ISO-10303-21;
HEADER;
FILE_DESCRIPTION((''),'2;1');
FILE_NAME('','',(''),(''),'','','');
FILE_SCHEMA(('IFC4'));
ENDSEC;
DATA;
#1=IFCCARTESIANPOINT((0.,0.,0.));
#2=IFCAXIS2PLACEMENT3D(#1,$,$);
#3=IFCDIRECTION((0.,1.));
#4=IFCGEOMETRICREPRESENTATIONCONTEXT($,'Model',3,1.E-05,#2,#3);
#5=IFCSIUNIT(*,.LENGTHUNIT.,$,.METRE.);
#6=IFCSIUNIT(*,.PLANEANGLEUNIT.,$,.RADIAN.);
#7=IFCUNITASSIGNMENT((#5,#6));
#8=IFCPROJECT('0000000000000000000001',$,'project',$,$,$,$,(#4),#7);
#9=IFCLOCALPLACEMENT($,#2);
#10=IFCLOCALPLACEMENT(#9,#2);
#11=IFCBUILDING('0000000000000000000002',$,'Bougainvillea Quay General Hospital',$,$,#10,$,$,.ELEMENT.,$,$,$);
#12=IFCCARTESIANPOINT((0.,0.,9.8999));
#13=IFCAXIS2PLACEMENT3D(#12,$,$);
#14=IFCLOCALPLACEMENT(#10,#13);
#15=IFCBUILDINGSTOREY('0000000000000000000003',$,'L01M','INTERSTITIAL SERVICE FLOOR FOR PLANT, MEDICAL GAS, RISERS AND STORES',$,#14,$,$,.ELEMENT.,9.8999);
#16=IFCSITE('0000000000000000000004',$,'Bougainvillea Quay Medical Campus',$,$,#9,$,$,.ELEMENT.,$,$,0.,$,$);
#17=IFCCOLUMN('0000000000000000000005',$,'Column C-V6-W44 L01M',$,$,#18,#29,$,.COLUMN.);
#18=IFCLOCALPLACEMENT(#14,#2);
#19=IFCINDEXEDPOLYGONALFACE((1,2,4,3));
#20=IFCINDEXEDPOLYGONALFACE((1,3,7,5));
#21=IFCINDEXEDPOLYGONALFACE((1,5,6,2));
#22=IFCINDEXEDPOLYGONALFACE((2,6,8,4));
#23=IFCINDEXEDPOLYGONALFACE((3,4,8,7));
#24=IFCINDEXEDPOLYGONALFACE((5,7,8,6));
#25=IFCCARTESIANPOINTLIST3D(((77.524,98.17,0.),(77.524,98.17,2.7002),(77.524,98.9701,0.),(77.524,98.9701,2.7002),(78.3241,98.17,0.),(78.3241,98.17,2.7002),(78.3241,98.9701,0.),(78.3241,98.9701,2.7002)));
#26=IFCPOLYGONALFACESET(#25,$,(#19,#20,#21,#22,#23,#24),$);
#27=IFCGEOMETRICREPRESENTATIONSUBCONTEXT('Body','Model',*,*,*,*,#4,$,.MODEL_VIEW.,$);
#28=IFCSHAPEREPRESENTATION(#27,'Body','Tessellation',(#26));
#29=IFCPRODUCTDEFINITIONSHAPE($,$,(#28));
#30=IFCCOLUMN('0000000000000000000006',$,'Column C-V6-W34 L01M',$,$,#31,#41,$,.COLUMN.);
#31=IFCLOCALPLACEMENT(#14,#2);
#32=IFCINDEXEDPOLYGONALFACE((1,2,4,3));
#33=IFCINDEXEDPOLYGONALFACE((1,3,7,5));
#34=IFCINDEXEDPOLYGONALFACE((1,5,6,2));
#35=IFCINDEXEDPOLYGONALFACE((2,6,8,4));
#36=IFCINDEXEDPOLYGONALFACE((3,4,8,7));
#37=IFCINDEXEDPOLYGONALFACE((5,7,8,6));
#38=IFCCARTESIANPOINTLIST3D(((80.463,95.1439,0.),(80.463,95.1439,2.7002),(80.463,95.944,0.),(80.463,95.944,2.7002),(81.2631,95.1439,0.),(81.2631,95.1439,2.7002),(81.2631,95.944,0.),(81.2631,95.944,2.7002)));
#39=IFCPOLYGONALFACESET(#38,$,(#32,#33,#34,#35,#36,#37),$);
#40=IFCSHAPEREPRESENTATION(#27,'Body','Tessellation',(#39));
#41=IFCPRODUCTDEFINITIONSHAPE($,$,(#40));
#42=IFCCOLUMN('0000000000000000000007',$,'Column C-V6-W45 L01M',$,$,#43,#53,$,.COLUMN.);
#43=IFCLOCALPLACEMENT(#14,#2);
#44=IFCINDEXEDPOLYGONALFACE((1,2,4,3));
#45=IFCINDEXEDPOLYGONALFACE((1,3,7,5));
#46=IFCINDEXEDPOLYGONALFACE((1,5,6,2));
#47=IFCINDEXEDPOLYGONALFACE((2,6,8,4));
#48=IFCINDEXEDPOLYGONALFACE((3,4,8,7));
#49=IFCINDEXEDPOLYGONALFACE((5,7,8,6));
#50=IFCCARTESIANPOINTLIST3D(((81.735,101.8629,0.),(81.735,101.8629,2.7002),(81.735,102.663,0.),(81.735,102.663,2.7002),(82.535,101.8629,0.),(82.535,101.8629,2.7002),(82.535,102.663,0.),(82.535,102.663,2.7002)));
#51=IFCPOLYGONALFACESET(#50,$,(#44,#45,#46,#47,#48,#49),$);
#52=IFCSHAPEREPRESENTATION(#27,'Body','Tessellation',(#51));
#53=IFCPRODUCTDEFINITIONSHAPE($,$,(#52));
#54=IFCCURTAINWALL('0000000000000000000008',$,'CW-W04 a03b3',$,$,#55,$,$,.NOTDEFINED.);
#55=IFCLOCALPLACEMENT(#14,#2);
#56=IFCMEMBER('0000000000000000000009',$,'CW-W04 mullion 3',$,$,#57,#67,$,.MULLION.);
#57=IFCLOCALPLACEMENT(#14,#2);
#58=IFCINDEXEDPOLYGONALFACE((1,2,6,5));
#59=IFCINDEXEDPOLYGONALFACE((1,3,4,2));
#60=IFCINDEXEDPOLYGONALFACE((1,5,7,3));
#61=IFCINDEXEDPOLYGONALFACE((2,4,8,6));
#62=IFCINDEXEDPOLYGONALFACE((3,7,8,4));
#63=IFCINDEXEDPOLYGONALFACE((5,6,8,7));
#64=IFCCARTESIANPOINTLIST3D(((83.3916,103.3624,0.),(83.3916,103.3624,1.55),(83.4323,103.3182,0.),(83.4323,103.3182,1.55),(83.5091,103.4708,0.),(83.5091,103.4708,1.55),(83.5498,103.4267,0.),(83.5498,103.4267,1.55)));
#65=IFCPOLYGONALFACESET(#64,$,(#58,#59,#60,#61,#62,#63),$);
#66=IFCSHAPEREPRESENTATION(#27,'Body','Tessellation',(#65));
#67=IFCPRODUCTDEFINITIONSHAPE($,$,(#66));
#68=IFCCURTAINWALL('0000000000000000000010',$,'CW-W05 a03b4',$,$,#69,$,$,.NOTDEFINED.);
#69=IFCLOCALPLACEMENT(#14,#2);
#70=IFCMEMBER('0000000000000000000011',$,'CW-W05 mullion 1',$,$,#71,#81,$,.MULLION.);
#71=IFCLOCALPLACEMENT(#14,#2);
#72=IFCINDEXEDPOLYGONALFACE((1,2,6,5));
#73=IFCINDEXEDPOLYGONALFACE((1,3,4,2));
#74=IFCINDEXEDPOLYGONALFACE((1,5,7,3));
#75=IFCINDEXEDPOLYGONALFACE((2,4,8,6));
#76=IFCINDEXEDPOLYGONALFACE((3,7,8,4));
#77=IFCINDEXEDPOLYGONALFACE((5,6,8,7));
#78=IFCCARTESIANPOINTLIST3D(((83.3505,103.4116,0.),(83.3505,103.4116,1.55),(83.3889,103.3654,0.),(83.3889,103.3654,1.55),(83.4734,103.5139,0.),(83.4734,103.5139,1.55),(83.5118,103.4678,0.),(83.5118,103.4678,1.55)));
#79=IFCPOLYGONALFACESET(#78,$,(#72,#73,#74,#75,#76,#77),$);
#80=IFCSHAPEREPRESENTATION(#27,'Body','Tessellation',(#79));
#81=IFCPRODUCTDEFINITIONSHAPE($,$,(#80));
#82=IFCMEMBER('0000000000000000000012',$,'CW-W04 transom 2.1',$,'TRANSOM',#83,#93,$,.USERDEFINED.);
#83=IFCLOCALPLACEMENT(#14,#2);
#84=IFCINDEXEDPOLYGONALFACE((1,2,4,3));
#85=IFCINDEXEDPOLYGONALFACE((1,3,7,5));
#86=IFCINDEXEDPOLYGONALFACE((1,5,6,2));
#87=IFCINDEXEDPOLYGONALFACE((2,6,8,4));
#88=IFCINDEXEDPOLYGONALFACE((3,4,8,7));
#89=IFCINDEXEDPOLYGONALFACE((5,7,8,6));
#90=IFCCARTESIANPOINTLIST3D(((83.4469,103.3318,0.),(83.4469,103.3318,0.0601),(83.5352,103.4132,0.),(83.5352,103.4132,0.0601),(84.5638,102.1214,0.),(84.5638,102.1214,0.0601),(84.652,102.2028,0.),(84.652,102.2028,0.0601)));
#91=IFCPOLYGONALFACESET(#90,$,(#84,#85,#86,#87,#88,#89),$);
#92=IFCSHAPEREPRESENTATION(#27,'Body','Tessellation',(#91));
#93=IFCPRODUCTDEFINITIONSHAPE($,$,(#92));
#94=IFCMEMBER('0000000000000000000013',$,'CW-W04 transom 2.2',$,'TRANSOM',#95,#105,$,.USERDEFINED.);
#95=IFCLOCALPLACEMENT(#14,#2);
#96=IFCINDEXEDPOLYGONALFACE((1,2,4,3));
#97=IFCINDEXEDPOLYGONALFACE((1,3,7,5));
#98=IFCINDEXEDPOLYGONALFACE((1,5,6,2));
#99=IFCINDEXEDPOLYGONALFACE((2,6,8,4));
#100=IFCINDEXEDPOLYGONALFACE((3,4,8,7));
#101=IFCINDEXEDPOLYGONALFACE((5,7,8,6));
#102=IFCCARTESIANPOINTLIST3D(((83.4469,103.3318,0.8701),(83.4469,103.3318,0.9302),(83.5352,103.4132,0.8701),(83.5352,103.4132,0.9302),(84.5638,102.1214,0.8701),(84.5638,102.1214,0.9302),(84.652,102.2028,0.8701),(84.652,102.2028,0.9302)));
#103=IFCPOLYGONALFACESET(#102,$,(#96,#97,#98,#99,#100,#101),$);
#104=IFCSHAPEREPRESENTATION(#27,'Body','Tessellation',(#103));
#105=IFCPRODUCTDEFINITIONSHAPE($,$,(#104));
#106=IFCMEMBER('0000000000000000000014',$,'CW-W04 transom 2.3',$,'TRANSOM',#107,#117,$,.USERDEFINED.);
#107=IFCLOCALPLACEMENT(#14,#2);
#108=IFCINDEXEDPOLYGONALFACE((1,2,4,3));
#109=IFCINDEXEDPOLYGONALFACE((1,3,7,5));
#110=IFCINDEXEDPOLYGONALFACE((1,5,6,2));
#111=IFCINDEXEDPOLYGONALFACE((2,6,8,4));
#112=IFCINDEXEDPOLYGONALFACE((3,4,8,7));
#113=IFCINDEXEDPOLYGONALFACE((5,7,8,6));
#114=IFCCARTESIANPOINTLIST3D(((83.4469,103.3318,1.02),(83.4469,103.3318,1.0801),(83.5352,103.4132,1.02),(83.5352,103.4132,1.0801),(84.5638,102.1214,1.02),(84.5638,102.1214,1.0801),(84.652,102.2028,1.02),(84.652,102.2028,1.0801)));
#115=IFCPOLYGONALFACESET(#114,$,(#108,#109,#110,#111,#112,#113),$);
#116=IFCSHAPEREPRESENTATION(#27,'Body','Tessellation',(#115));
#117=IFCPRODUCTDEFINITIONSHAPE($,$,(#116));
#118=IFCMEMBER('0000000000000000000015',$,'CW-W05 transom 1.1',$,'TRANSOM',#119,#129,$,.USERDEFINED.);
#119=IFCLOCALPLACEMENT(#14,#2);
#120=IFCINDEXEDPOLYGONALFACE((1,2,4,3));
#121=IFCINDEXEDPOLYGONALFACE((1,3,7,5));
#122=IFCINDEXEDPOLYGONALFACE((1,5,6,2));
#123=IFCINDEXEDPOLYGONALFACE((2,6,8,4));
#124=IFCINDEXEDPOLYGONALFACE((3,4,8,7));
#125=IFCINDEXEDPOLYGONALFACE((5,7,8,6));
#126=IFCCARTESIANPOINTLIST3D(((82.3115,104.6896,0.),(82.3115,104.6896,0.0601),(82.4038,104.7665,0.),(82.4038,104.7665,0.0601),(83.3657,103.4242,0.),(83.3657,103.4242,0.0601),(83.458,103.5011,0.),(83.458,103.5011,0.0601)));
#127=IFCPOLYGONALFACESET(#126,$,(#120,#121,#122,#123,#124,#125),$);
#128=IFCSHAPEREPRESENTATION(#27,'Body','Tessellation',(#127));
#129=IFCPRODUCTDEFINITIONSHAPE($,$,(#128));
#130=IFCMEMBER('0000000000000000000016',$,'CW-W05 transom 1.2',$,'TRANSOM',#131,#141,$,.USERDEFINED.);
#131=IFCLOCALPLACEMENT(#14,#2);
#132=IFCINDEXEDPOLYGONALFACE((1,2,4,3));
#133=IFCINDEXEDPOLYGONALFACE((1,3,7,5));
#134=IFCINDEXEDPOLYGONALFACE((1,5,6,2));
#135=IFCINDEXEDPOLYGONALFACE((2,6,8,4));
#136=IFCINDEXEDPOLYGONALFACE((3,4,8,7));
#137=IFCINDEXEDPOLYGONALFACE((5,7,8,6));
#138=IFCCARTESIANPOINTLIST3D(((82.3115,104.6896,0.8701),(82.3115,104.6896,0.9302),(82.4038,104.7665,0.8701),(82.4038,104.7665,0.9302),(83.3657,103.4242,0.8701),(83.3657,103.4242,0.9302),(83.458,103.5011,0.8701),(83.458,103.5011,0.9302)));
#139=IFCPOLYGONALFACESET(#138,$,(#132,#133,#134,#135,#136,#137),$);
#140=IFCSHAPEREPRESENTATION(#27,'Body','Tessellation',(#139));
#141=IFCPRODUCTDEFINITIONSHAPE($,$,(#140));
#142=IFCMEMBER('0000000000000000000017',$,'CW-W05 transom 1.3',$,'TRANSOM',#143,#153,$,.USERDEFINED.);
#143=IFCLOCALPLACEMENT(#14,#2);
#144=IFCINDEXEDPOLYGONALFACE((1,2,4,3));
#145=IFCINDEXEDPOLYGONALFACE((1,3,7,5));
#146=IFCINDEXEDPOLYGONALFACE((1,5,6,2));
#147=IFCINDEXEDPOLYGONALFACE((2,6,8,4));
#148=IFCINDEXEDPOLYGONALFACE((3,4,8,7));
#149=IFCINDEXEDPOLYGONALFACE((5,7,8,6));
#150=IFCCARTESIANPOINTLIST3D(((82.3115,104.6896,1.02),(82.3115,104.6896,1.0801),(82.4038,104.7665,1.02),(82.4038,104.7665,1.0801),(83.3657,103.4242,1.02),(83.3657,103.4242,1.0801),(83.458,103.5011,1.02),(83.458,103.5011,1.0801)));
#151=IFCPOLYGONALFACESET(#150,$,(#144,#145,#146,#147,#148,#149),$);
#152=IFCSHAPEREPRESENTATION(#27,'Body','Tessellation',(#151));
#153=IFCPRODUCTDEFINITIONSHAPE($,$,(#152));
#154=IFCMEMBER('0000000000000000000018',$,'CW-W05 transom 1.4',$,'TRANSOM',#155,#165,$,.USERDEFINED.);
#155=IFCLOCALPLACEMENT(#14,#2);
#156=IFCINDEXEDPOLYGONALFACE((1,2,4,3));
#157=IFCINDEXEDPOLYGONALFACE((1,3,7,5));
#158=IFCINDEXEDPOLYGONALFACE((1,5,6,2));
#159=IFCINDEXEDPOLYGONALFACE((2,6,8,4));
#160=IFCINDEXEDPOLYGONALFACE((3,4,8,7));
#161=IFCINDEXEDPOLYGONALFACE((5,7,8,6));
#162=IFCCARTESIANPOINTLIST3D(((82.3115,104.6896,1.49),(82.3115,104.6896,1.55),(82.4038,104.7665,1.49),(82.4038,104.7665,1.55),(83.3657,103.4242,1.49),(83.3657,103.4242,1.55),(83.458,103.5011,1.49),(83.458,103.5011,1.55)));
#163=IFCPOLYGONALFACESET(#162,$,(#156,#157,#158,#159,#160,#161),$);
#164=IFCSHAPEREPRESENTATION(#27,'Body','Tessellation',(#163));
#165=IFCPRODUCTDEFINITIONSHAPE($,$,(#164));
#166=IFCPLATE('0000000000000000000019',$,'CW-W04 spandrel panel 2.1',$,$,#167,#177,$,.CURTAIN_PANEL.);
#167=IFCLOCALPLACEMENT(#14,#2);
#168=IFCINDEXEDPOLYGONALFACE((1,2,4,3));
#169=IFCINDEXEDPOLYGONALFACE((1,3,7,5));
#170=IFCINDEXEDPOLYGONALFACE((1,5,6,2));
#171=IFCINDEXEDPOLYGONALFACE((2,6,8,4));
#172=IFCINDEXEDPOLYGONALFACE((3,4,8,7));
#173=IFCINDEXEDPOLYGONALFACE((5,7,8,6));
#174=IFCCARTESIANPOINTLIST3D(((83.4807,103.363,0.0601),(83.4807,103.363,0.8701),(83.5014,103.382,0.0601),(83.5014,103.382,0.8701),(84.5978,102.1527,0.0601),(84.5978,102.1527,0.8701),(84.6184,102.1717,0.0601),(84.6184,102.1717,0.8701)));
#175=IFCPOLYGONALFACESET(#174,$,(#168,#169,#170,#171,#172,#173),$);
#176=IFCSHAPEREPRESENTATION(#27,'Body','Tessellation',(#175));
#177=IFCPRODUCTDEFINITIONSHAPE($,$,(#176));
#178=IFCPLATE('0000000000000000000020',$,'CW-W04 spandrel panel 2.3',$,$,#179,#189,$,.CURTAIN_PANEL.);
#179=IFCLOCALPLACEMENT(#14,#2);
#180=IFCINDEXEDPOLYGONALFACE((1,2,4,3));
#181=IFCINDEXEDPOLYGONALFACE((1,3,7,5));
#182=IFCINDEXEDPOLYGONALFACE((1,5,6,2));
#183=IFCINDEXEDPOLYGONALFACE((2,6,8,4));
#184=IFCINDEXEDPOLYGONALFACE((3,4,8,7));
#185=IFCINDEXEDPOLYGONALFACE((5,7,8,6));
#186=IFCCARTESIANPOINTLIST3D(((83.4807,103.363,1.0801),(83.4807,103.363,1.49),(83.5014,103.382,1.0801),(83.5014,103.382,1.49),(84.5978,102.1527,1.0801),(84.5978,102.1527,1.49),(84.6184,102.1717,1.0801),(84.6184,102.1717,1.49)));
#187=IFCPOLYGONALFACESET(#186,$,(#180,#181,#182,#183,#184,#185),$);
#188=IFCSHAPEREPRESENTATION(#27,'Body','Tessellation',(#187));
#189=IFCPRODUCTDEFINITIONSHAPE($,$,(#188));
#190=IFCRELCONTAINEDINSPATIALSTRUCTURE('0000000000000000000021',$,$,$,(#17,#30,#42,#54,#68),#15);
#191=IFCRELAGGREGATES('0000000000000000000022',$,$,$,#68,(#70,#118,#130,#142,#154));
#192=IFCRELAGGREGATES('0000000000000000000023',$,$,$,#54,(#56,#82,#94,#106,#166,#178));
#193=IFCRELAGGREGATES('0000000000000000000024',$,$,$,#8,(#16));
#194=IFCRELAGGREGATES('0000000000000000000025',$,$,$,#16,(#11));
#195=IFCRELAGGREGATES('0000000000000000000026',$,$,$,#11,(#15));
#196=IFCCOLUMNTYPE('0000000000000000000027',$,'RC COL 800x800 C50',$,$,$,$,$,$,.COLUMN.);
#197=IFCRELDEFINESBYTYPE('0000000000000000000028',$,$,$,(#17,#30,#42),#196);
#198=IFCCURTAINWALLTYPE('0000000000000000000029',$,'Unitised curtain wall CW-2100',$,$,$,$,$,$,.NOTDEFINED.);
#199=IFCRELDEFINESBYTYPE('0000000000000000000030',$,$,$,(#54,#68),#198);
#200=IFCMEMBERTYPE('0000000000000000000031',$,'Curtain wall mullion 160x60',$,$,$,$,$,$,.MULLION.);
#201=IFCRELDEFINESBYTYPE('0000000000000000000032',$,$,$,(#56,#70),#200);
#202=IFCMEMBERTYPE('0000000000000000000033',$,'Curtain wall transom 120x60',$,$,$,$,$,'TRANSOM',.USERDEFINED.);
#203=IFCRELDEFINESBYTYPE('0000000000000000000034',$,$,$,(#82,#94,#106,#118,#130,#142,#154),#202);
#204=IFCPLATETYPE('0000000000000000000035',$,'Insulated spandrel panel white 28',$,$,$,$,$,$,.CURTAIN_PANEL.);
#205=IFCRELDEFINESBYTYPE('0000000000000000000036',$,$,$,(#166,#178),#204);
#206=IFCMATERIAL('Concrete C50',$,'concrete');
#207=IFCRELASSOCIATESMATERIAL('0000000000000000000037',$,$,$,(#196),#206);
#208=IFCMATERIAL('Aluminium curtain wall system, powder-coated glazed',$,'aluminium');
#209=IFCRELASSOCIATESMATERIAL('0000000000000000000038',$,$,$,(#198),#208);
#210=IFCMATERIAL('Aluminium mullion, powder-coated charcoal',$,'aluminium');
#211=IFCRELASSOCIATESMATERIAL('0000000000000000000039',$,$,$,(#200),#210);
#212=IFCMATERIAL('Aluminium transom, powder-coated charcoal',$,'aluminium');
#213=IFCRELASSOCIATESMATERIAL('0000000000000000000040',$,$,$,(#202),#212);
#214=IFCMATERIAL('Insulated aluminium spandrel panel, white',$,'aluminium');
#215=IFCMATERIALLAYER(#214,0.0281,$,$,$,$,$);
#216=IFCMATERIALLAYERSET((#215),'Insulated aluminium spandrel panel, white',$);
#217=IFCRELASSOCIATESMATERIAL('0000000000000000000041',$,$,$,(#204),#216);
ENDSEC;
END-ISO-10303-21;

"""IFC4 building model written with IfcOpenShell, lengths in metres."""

from ifc_helpers import new_model, si_unit, direction, frame, origin, origin_2d, place, context, subcontext, project, spatial, rectangle, extrude, material, layer, layer_set, material_profile, profile_set, type_object, element, aggregate, save


model = new_model("IFC4")

# Units and contexts
model_context = context("Model", 3, precision=1e-05, world=origin(), true_north=direction((0.0, 1.0)))
body_context = subcontext(model_context, "Body", "Model", "MODEL_VIEW")
ifc_project = project(units=[si_unit("LENGTHUNIT", "METRE"), si_unit("PLANEANGLEUNIT", "RADIAN")], contexts=[model_context])

# Site, building, storey
site_placement = place(None, origin())
site = spatial("IfcSite", under=ifc_project, at=site_placement, Name="Bougainvillea Quay Medical Campus", CompositionType="ELEMENT", RefElevation=0.0)
building_placement = place(site_placement, origin())
building = spatial("IfcBuilding", under=site, at=building_placement, Name="Bougainvillea Quay General Hospital", CompositionType="ELEMENT")
storey_placement = place(building_placement, frame((0.0, 0.0, 9.8999)))
storey = spatial("IfcBuildingStorey", under=building, at=storey_placement, Name="L01M", Description="INTERSTITIAL SERVICE FLOOR FOR PLANT, MEDICAL GAS, RISERS AND STORES", CompositionType="ELEMENT", Elevation=9.8999)

# Columns
ifc_material_1 = material(Name="Concrete C50", Category="concrete")
ifc_material_profile_1 = material_profile(ifc_material_1, rectangle(XDim=0.8, YDim=0.8, at=origin_2d()))
ifc_profile_set_1 = profile_set([ifc_material_profile_1], Name="Concrete C50")
column_type = type_object("IfcColumnType", Name="RC COL 800x800 C50", PredefinedType="COLUMN", material=ifc_profile_set_1)
for number, where, z_axis, x_axis, name in (
    (1, (77.9241, 98.5701, 0.0), (0.0, 0.0, 1.0), (1.0, 0.0, 0.0), "Column C-V6-W44 L01M"),
    (2, (80.863, 95.5439, 0.0), (0.0, 0.0, 1.0), (1.0, 0.0, 0.0), "Column C-V6-W34 L01M"),
    (3, (82.135, 102.2629, 0.0), (0.0, 0.0, 1.0), (1.0, 0.0, 0.0), "Column C-V6-W45 L01M"),
):
    element("IfcColumn", number, at=place(storey_placement, frame(where, z_axis=z_axis, x_axis=x_axis)), inside=storey, type_object=column_type, Name=name, PredefinedType="COLUMN", context=body_context, shape_type="SweptSolid", body=[
        extrude(rectangle(XDim=0.8, YDim=0.8, at=origin_2d()), origin(), (0.0, 0.0, 1.0), 2.7002),
    ])

# Curtain walls, members
ifc_material_2 = material(Name="Aluminium curtain wall system, powder-coated glazed", Category="aluminium")
curtain_wall_type = type_object("IfcCurtainWallType", Name="Unitised curtain wall CW-2100", PredefinedType="NOTDEFINED", material=ifc_material_2)
curtain_wall_1_placement = place(storey_placement, origin())
curtain_wall_1 = element("IfcCurtainWall", 4, at=curtain_wall_1_placement, inside=storey, type_object=curtain_wall_type, Name="CW-W04 a03b3", PredefinedType="NOTDEFINED")
ifc_material_3 = material(Name="Aluminium mullion, powder-coated charcoal", Category="aluminium")
ifc_material_profile_2 = material_profile(ifc_material_3, rectangle(XDim=0.1599, YDim=0.0601, at=origin_2d()))
ifc_profile_set_2 = profile_set([ifc_material_profile_2], Name="Aluminium mullion, powder-coated charcoal")
member_type_1 = type_object("IfcMemberType", Name="Curtain wall mullion 160x60", PredefinedType="MULLION", material=ifc_profile_set_2)
member_1_placement = place(storey_placement, frame((83.4707, 103.3945, 0.0), z_axis=(0.0, 0.0, 1.0), x_axis=(-0.734855, -0.678224, 0.0)))
member_1 = element("IfcMember", 5, at=member_1_placement, type_object=member_type_1, Name="CW-W04 mullion 3", PredefinedType="MULLION", context=body_context, shape_type="SweptSolid", body=[
    extrude(rectangle(XDim=0.1599, YDim=0.0601, at=origin_2d()), origin(), (0.0, 0.0, 1.0), 1.55),
])
curtain_wall_2_placement = place(storey_placement, origin())
curtain_wall_2 = element("IfcCurtainWall", 6, at=curtain_wall_2_placement, inside=storey, type_object=curtain_wall_type, Name="CW-W05 a03b4", PredefinedType="NOTDEFINED")
member_2_placement = place(storey_placement, frame((83.4312, 103.4397, 0.0), z_axis=(0.0, 0.0, 1.0), x_axis=(-0.768295, -0.640096, 0.0)))
member_2 = element("IfcMember", 7, at=member_2_placement, type_object=member_type_1, Name="CW-W05 mullion 1", PredefinedType="MULLION", context=body_context, shape_type="SweptSolid", body=[
    extrude(rectangle(XDim=0.1599, YDim=0.0601, at=origin_2d()), origin(), (0.0, 0.0, 1.0), 1.55),
])

# Members
ifc_material_4 = material(Name="Aluminium transom, powder-coated charcoal", Category="aluminium")
ifc_material_profile_3 = material_profile(ifc_material_4, rectangle(XDim=0.1201, YDim=0.0601, at=origin_2d()))
ifc_profile_set_3 = profile_set([ifc_material_profile_3], Name="Aluminium transom, powder-coated charcoal")
member_type_2 = type_object("IfcMemberType", Name="Curtain wall transom 120x60", ElementType="TRANSOM", PredefinedType="USERDEFINED", material=ifc_profile_set_3)
member_3_placement = place(storey_placement, frame((84.6079, 102.1621, 0.03), z_axis=(-0.678151, 0.734923, 0.0), x_axis=(-0.734923, -0.678151, 0.0)))
member_3 = element("IfcMember", 8, at=member_3_placement, type_object=member_type_2, Name="CW-W04 transom 2.1", ObjectType="TRANSOM", PredefinedType="USERDEFINED", context=body_context, shape_type="SweptSolid", body=[
    extrude(rectangle(XDim=0.1201, YDim=0.0601, at=origin_2d()), origin(), (0.0, 0.0, 1.0), 1.647),
])
member_4_placement = place(storey_placement, frame((84.6079, 102.1621, 0.9001), z_axis=(-0.678151, 0.734923, 0.0), x_axis=(-0.734923, -0.678151, 0.0)))
member_4 = element("IfcMember", 9, at=member_4_placement, type_object=member_type_2, Name="CW-W04 transom 2.2", ObjectType="TRANSOM", PredefinedType="USERDEFINED", context=body_context, shape_type="SweptSolid", body=[
    extrude(rectangle(XDim=0.1201, YDim=0.0601, at=origin_2d()), origin(), (0.0, 0.0, 1.0), 1.647),
])
member_5_placement = place(storey_placement, frame((84.6079, 102.1621, 1.05), z_axis=(-0.678151, 0.734923, 0.0), x_axis=(-0.734923, -0.678151, 0.0)))
member_5 = element("IfcMember", 10, at=member_5_placement, type_object=member_type_2, Name="CW-W04 transom 2.3", ObjectType="TRANSOM", PredefinedType="USERDEFINED", context=body_context, shape_type="SweptSolid", body=[
    extrude(rectangle(XDim=0.1201, YDim=0.0601, at=origin_2d()), origin(), (0.0, 0.0, 1.0), 1.647),
])
member_6_placement = place(storey_placement, frame((83.4119, 103.4626, 0.03), z_axis=(-0.640082, 0.768306, 0.0), x_axis=(-0.768306, -0.640082, 0.0)))
member_6 = element("IfcMember", 11, at=member_6_placement, type_object=member_type_2, Name="CW-W05 transom 1.1", ObjectType="TRANSOM", PredefinedType="USERDEFINED", context=body_context, shape_type="SweptSolid", body=[
    extrude(rectangle(XDim=0.1201, YDim=0.0601, at=origin_2d()), origin(), (0.0, 0.0, 1.0), 1.647),
])
member_7_placement = place(storey_placement, frame((83.4119, 103.4626, 0.9001), z_axis=(-0.640082, 0.768306, 0.0), x_axis=(-0.768306, -0.640082, 0.0)))
member_7 = element("IfcMember", 12, at=member_7_placement, type_object=member_type_2, Name="CW-W05 transom 1.2", ObjectType="TRANSOM", PredefinedType="USERDEFINED", context=body_context, shape_type="SweptSolid", body=[
    extrude(rectangle(XDim=0.1201, YDim=0.0601, at=origin_2d()), origin(), (0.0, 0.0, 1.0), 1.647),
])
member_8_placement = place(storey_placement, frame((83.4119, 103.4626, 1.05), z_axis=(-0.640082, 0.768306, 0.0), x_axis=(-0.768306, -0.640082, 0.0)))
member_8 = element("IfcMember", 13, at=member_8_placement, type_object=member_type_2, Name="CW-W05 transom 1.3", ObjectType="TRANSOM", PredefinedType="USERDEFINED", context=body_context, shape_type="SweptSolid", body=[
    extrude(rectangle(XDim=0.1201, YDim=0.0601, at=origin_2d()), origin(), (0.0, 0.0, 1.0), 1.647),
])
member_9_placement = place(storey_placement, frame((83.4119, 103.4626, 1.52), z_axis=(-0.640082, 0.768306, 0.0), x_axis=(-0.768306, -0.640082, 0.0)))
member_9 = element("IfcMember", 14, at=member_9_placement, type_object=member_type_2, Name="CW-W05 transom 1.4", ObjectType="TRANSOM", PredefinedType="USERDEFINED", context=body_context, shape_type="SweptSolid", body=[
    extrude(rectangle(XDim=0.1201, YDim=0.0601, at=origin_2d()), origin(), (0.0, 0.0, 1.0), 1.647),
])

# Plates
ifc_material_5 = material(Name="Insulated aluminium spandrel panel, white", Category="aluminium")
ifc_layer_1 = layer(ifc_material_5, 0.0281)
ifc_layer_set_1 = layer_set([ifc_layer_1], Name="Insulated aluminium spandrel panel, white")
plate_type_1 = type_object("IfcPlateType", Name="Insulated spandrel panel white 28", PredefinedType="CURTAIN_PANEL", material=ifc_layer_set_1)
plate_1_placement = place(storey_placement, frame((84.0496, 102.7673, 0.0601), z_axis=(0.0, 0.0, 1.0), x_axis=(-0.678224, 0.734855, 0.0)))
plate_1 = element("IfcPlate", 15, at=plate_1_placement, type_object=plate_type_1, Name="CW-W04 spandrel panel 2.1", PredefinedType="CURTAIN_PANEL", context=body_context, shape_type="SweptSolid", body=[
    extrude(rectangle(XDim=1.647, YDim=0.0281, at=origin_2d()), origin(), (0.0, 0.0, 1.0), 0.8101),
])
plate_2_placement = place(storey_placement, frame((84.0496, 102.7673, 1.0801), z_axis=(0.0, 0.0, 1.0), x_axis=(-0.678224, 0.734855, 0.0)))
plate_2 = element("IfcPlate", 16, at=plate_2_placement, type_object=plate_type_1, Name="CW-W04 spandrel panel 2.3", PredefinedType="CURTAIN_PANEL", context=body_context, shape_type="SweptSolid", body=[
    extrude(rectangle(XDim=1.647, YDim=0.0281, at=origin_2d()), origin(), (0.0, 0.0, 1.0), 0.4099),
])
aggregate(curtain_wall_2, [member_2, member_6, member_7, member_8, member_9])
aggregate(curtain_wall_1, [member_1, member_3, member_4, member_5, plate_1, plate_2])

save(model, "model.ifc")
